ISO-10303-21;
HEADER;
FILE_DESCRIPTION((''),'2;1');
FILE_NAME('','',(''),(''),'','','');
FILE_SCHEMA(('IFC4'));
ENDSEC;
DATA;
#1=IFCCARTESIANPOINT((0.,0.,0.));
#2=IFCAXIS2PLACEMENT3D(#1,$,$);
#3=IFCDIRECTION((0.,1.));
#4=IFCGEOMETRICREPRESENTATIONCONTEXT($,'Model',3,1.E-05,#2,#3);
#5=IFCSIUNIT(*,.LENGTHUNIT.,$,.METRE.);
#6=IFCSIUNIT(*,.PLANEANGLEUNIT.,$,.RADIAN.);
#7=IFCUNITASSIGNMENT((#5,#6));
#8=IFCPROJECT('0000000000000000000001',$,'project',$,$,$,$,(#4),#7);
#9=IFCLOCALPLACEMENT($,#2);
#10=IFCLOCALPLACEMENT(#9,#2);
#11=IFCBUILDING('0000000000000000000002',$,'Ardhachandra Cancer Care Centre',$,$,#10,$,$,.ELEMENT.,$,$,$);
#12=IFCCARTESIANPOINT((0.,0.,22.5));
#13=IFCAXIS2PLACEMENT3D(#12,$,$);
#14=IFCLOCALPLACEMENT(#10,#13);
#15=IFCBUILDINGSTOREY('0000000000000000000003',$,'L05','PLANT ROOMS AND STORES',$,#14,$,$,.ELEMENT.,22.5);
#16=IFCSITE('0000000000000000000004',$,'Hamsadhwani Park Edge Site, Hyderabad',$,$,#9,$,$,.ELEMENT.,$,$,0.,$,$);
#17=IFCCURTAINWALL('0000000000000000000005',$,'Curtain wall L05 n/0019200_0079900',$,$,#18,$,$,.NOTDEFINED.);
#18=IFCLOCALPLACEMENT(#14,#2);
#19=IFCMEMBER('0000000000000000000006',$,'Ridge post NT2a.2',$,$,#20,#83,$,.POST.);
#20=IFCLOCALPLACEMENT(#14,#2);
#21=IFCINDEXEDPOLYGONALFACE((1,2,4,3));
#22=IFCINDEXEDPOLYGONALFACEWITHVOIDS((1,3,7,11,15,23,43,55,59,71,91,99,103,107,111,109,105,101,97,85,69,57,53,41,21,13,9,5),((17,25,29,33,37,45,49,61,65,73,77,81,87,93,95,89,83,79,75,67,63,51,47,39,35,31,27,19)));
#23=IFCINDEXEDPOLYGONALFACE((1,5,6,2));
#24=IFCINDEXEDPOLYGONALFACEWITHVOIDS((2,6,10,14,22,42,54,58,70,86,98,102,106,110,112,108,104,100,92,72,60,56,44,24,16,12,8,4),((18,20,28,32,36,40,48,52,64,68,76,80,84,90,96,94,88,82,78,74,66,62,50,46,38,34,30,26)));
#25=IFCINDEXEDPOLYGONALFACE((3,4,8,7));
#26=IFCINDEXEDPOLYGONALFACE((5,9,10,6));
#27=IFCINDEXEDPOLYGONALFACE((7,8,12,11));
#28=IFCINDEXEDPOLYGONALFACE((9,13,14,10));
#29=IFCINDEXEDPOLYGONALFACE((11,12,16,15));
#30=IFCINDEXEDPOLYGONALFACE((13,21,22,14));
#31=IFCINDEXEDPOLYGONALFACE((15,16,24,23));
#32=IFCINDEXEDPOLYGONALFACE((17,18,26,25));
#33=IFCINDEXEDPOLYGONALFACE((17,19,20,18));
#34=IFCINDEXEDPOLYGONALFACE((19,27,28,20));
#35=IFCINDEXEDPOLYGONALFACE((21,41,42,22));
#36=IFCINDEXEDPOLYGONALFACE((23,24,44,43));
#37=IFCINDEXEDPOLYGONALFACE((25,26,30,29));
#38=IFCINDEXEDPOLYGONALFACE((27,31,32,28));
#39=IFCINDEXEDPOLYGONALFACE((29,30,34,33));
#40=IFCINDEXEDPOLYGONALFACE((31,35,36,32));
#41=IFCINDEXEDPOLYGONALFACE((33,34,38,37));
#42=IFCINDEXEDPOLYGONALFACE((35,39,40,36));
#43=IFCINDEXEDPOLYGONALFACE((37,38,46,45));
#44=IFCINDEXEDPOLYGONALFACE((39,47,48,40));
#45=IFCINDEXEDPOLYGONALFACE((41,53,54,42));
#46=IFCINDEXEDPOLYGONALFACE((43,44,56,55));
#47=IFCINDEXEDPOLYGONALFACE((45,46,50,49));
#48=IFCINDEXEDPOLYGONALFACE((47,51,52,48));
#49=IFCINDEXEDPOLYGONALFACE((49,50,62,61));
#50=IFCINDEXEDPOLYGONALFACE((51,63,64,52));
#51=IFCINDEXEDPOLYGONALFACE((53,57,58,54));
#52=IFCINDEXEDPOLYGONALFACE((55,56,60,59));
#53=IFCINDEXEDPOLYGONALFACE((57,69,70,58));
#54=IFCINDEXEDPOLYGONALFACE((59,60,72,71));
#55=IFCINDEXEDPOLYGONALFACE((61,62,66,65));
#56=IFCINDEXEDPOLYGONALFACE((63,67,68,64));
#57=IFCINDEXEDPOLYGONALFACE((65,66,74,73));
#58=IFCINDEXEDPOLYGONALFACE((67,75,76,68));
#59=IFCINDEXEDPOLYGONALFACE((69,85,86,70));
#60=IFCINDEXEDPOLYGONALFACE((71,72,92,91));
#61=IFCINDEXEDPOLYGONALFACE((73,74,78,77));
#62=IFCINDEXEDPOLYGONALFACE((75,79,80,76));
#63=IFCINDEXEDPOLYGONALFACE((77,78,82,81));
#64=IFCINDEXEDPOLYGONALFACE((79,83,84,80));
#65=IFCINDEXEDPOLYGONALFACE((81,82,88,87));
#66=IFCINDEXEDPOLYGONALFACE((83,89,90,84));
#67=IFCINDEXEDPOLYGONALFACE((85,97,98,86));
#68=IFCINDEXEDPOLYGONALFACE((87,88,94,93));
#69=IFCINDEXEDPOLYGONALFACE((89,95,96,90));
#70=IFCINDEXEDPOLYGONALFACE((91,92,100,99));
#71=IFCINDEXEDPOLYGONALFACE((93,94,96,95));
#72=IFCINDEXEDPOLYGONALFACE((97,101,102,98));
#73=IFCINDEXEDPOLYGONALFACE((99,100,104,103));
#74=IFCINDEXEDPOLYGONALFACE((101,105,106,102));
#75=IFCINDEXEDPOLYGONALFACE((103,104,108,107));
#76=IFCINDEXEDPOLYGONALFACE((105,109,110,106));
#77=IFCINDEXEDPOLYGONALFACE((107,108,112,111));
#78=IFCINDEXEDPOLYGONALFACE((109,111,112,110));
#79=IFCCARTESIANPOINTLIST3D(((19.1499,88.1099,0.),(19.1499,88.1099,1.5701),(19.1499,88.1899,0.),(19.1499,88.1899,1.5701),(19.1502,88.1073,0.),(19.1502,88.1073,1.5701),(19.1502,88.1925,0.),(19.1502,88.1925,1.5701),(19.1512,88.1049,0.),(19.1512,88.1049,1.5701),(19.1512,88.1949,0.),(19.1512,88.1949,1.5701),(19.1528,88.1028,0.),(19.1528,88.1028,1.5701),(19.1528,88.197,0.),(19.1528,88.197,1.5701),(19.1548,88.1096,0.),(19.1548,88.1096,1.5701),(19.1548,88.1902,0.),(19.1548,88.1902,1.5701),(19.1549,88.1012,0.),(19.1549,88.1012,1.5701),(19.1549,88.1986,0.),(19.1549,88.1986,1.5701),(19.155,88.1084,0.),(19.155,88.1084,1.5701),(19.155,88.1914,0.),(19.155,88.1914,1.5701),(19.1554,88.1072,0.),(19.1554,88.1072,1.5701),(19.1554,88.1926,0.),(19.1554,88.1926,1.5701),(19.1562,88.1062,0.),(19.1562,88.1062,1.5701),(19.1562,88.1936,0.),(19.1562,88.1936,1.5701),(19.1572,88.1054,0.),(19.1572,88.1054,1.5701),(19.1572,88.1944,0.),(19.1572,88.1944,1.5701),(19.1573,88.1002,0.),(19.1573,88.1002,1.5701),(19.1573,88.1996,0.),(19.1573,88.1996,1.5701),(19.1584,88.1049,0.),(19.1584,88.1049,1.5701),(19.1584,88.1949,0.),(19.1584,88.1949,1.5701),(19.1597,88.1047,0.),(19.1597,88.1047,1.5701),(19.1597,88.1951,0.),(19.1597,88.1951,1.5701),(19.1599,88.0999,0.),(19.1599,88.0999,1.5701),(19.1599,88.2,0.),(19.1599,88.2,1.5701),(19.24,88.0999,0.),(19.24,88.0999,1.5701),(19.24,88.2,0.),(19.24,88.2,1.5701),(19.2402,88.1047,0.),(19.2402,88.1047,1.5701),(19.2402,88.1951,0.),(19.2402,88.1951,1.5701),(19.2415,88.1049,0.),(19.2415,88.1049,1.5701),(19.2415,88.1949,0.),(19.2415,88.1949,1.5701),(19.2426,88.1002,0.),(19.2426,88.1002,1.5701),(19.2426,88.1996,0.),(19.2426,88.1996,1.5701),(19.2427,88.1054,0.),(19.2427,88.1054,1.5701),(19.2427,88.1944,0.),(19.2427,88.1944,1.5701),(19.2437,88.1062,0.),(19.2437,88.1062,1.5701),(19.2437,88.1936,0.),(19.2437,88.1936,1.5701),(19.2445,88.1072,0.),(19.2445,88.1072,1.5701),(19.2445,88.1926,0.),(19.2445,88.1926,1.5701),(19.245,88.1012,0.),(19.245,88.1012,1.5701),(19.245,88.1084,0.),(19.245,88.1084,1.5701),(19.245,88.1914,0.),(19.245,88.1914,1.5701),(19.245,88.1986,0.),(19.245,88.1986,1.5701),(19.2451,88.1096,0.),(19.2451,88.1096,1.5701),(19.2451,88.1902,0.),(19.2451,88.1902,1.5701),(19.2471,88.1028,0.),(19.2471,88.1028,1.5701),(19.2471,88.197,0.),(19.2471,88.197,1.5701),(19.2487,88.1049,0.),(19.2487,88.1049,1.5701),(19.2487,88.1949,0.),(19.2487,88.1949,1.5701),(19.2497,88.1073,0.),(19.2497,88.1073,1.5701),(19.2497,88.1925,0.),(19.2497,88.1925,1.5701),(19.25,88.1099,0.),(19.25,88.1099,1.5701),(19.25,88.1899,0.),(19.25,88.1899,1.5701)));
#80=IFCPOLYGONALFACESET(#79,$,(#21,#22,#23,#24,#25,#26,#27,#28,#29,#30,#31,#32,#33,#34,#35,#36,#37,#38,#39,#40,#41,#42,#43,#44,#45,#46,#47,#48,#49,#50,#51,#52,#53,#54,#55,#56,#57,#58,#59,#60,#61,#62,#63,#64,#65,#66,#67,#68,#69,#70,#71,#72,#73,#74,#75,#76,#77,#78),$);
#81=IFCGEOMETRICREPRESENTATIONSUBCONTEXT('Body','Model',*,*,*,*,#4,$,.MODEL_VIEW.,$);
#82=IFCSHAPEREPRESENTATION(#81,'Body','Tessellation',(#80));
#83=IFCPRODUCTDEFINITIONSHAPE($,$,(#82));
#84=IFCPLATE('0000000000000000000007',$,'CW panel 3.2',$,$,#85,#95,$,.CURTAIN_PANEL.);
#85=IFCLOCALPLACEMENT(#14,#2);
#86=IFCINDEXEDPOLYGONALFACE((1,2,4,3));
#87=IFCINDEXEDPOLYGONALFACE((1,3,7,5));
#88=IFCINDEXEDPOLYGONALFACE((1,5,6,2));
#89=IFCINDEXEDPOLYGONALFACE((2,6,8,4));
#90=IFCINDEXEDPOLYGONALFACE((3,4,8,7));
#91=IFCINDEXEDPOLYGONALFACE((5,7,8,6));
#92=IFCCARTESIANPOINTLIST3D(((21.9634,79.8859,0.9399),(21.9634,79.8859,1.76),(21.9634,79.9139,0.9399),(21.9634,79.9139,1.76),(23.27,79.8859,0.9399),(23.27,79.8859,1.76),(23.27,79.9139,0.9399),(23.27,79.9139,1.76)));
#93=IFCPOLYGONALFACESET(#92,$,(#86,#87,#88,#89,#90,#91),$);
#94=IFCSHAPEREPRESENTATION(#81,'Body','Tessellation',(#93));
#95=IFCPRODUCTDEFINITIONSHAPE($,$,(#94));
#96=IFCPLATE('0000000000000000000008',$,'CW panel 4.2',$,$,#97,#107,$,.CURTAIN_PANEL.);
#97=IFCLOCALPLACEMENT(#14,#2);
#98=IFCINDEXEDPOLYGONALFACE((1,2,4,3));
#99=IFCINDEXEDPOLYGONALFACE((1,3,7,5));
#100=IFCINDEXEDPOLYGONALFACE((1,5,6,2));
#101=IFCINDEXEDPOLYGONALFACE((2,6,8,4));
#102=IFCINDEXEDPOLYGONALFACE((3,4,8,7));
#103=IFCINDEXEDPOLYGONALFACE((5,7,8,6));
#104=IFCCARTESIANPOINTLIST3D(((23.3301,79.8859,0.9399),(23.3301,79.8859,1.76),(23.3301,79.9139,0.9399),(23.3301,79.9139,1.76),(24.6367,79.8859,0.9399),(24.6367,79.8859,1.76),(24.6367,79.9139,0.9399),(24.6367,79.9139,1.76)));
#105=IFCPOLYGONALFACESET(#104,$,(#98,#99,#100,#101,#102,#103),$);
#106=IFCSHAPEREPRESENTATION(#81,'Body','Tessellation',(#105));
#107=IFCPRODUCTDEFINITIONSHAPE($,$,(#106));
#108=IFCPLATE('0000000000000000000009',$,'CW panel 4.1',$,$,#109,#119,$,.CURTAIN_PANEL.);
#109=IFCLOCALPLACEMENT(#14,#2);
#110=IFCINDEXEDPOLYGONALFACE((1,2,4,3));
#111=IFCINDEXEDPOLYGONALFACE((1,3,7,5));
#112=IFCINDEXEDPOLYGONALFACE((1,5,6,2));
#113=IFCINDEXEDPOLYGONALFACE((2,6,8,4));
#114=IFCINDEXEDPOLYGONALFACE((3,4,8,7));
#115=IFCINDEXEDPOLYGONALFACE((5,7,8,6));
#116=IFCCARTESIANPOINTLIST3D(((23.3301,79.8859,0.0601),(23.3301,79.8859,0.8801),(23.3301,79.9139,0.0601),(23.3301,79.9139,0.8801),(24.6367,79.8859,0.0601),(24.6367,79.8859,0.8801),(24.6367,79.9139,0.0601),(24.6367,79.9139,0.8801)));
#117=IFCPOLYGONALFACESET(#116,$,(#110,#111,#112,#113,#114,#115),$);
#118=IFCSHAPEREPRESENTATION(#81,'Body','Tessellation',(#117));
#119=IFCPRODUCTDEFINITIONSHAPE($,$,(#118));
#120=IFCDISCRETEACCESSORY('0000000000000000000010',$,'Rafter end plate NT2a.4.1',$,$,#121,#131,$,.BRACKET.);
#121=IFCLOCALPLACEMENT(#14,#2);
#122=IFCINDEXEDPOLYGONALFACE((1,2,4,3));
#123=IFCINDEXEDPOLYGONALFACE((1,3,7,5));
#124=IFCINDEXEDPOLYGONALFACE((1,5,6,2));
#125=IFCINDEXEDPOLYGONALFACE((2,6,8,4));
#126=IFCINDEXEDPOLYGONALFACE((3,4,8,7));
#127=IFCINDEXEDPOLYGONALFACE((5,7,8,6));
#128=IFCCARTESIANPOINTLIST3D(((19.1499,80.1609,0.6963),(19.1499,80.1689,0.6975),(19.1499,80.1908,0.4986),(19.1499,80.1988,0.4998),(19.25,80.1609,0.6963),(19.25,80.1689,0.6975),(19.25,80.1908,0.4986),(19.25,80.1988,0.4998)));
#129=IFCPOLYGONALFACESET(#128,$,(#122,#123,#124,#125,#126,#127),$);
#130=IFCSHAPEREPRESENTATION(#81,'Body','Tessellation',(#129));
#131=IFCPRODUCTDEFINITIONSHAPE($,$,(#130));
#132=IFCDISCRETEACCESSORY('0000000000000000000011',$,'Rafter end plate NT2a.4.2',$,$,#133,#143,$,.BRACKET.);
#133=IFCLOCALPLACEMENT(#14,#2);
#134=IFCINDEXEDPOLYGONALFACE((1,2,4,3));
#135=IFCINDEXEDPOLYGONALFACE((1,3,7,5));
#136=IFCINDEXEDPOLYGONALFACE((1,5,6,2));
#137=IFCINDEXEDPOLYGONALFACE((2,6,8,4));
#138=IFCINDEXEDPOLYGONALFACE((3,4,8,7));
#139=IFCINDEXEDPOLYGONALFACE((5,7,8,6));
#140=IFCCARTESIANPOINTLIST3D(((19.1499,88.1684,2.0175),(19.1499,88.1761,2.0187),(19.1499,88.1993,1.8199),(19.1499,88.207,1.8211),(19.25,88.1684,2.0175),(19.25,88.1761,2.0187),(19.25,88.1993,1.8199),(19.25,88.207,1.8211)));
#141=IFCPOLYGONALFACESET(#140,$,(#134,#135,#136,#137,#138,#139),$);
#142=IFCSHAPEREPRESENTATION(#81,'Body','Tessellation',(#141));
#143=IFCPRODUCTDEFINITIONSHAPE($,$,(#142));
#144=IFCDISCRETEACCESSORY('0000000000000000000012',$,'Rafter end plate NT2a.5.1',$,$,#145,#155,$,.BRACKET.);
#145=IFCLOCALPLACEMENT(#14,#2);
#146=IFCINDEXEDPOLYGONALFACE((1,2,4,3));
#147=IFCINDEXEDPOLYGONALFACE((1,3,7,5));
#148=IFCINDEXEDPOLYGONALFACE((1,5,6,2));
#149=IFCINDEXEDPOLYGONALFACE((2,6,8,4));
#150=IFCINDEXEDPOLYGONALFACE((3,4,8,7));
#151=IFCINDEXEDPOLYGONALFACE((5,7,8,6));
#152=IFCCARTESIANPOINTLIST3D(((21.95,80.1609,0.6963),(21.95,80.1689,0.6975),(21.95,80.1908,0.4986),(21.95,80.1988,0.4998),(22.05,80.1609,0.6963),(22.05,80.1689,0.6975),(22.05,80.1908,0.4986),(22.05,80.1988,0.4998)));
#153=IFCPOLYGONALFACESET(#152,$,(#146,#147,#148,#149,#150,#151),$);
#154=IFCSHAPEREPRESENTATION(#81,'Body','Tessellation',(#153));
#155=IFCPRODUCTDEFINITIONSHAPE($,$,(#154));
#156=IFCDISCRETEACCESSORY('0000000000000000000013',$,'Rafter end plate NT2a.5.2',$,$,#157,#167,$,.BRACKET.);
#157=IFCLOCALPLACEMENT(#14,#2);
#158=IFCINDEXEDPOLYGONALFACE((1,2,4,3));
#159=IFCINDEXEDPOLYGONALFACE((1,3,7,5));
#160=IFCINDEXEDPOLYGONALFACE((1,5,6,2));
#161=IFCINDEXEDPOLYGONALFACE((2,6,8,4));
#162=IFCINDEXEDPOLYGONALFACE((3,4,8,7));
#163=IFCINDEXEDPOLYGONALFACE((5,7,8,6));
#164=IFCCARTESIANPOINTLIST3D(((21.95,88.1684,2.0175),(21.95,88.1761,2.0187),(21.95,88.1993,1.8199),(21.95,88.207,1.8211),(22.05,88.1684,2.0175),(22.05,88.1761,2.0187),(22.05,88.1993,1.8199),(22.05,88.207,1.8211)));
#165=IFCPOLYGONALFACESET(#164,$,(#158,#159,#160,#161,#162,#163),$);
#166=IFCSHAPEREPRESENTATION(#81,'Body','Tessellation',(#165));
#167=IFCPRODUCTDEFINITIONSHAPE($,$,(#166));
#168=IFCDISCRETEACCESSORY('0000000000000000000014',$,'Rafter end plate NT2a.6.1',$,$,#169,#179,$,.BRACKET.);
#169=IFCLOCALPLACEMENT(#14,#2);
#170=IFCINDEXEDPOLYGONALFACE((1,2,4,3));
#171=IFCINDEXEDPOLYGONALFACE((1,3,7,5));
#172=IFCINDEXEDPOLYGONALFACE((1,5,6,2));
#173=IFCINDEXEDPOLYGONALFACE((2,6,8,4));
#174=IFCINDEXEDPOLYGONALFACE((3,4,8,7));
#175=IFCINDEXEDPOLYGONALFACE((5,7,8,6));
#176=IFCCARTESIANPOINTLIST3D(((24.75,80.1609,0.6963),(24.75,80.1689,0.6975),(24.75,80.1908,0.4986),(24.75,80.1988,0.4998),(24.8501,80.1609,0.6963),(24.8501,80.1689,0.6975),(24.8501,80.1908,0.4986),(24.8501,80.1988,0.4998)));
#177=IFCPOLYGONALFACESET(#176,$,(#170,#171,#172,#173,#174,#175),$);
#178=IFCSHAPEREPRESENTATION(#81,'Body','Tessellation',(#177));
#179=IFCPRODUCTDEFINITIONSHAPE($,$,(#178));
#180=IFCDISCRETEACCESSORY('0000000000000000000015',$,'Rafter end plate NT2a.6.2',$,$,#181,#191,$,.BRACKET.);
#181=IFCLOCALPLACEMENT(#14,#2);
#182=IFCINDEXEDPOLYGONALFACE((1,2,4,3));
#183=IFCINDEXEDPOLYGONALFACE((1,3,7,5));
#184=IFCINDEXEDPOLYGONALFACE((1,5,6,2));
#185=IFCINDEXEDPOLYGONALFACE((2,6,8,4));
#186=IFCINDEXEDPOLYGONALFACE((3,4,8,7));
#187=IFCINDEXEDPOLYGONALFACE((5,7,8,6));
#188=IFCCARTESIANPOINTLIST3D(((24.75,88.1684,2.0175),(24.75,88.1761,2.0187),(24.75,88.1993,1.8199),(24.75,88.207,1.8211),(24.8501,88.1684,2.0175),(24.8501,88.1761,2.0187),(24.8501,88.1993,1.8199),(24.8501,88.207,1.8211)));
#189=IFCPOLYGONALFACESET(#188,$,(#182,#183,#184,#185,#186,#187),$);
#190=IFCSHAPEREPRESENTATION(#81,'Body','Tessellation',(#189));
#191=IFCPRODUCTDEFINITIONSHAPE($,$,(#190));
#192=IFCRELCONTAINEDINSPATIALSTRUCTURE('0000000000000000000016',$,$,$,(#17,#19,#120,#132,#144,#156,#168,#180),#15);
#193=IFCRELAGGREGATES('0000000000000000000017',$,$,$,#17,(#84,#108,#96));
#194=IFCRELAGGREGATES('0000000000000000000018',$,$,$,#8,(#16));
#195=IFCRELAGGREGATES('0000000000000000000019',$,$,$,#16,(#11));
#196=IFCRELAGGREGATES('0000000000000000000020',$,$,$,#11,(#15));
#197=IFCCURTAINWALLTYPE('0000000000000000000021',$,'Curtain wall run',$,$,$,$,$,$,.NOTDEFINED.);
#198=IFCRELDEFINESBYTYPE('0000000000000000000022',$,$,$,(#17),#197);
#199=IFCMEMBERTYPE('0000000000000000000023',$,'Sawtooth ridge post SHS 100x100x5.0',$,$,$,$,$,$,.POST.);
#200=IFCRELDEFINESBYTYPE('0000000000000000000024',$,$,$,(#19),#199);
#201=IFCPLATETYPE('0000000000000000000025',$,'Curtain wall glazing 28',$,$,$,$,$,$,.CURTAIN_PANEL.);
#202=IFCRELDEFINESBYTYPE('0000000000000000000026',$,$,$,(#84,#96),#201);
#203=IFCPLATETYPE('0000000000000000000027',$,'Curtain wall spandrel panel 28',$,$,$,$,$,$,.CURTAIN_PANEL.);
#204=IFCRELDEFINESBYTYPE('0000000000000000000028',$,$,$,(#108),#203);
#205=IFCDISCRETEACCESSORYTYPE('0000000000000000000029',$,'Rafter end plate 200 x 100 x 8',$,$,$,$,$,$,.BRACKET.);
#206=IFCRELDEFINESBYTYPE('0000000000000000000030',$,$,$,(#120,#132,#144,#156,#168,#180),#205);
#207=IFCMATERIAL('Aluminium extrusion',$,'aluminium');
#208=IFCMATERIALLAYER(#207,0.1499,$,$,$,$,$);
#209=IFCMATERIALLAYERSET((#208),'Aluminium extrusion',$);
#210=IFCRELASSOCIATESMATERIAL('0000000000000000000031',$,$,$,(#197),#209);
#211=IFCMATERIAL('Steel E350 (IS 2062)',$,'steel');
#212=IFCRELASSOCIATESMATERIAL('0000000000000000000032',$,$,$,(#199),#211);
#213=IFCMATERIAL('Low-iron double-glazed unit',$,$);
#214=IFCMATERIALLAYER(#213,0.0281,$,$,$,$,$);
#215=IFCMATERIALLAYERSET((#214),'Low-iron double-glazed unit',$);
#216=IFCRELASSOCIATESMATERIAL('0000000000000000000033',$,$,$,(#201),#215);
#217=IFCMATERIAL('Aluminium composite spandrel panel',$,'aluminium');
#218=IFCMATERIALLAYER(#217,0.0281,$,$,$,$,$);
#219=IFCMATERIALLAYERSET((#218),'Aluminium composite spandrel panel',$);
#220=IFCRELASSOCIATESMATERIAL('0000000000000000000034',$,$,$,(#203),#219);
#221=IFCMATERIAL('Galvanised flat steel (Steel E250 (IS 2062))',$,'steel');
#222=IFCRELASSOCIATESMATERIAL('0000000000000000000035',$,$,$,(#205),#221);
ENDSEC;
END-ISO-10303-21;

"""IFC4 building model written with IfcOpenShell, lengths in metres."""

from ifc_helpers import new_model, si_unit, direction, frame, origin, origin_2d, place, context, subcontext, project, spatial, rectangle, hollow_rectangle, extrude, material, layer, layer_set, material_profile, profile_set, type_object, element, aggregate, save


model = new_model("IFC4")

# Units and contexts
model_context = context("Model", 3, precision=1e-05, world=origin(), true_north=direction((0.0, 1.0)))
body_context = subcontext(model_context, "Body", "Model", "MODEL_VIEW")
ifc_project = project(units=[si_unit("LENGTHUNIT", "METRE"), si_unit("PLANEANGLEUNIT", "RADIAN")], contexts=[model_context])

# Site, building, storey
site_placement = place(None, origin())
site = spatial("IfcSite", under=ifc_project, at=site_placement, Name="Hamsadhwani Park Edge Site, Hyderabad", CompositionType="ELEMENT", RefElevation=0.0)
building_placement = place(site_placement, origin())
building = spatial("IfcBuilding", under=site, at=building_placement, Name="Ardhachandra Cancer Care Centre", CompositionType="ELEMENT")
storey_placement = place(building_placement, frame((0.0, 0.0, 22.5)))
storey = spatial("IfcBuildingStorey", under=building, at=storey_placement, Name="L05", Description="PLANT ROOMS AND STORES", CompositionType="ELEMENT", Elevation=22.5)

# Curtain wall
ifc_material_1 = material(Name="Aluminium extrusion", Category="aluminium")
ifc_layer_1 = layer(ifc_material_1, 0.1499)
ifc_layer_set_1 = layer_set([ifc_layer_1], Name="Aluminium extrusion")
curtain_wall_type = type_object("IfcCurtainWallType", Name="Curtain wall run", PredefinedType="NOTDEFINED", material=ifc_layer_set_1)
curtain_wall_placement = place(storey_placement, origin())
curtain_wall = element("IfcCurtainWall", 1, at=curtain_wall_placement, inside=storey, type_object=curtain_wall_type, Name="Curtain wall L05 n/0019200_0079900", PredefinedType="NOTDEFINED")

# Member
ifc_material_2 = material(Name="Steel E350 (IS 2062)", Category="steel")
ifc_material_profile_1 = material_profile(ifc_material_2, hollow_rectangle(XDim=0.1001, YDim=0.1001, WallThickness=0.0049, InnerFilletRadius=0.0049, OuterFilletRadius=0.01, at=origin_2d()), Name="SHS 100x100x5.0")
ifc_profile_set_1 = profile_set([ifc_material_profile_1], Name="Steel E350 (IS 2062)")
member_type_1 = type_object("IfcMemberType", Name="Sawtooth ridge post SHS 100x100x5.0", PredefinedType="POST", material=ifc_profile_set_1)
member_1_placement = place(storey_placement, frame((19.2, 88.1499, 0.0), z_axis=(0.0, 0.0, 1.0), x_axis=(1.0, 0.0, 0.0)))
element("IfcMember", 2, at=member_1_placement, inside=storey, type_object=member_type_1, Name="Ridge post NT2a.2", PredefinedType="POST", context=body_context, shape_type="SweptSolid", body=[
    extrude(hollow_rectangle(XDim=0.1001, YDim=0.1001, WallThickness=0.0049, InnerFilletRadius=0.0049, OuterFilletRadius=0.01, at=origin_2d()), origin(), (0.0, 0.0, 1.0), 1.5701),
])

# Plates
ifc_material_3 = material(Name="Low-iron double-glazed unit")
ifc_layer_2 = layer(ifc_material_3, 0.0281)
ifc_layer_set_2 = layer_set([ifc_layer_2], Name="Low-iron double-glazed unit")
plate_type_1 = type_object("IfcPlateType", Name="Curtain wall glazing 28", PredefinedType="CURTAIN_PANEL", material=ifc_layer_set_2)
plate_1_placement = place(storey_placement, frame((22.6167, 79.8999, 0.9399), z_axis=(0.0, 0.0, 1.0), x_axis=(1.0, 0.0, 0.0)))
plate_1 = element("IfcPlate", 3, at=plate_1_placement, type_object=plate_type_1, Name="CW panel 3.2", PredefinedType="CURTAIN_PANEL", context=body_context, shape_type="SweptSolid", body=[
    extrude(rectangle(XDim=1.3066, YDim=0.0281, at=origin_2d()), origin(), (0.0, 0.0, 1.0), 0.8201),
])
plate_2_placement = place(storey_placement, frame((23.9834, 79.8999, 0.9399), z_axis=(0.0, 0.0, 1.0), x_axis=(1.0, 0.0, 0.0)))
plate_2 = element("IfcPlate", 4, at=plate_2_placement, type_object=plate_type_1, Name="CW panel 4.2", PredefinedType="CURTAIN_PANEL", context=body_context, shape_type="SweptSolid", body=[
    extrude(rectangle(XDim=1.3066, YDim=0.0281, at=origin_2d()), origin(), (0.0, 0.0, 1.0), 0.8201),
])
ifc_material_4 = material(Name="Aluminium composite spandrel panel", Category="aluminium")
ifc_layer_3 = layer(ifc_material_4, 0.0281)
ifc_layer_set_3 = layer_set([ifc_layer_3], Name="Aluminium composite spandrel panel")
plate_type_2 = type_object("IfcPlateType", Name="Curtain wall spandrel panel 28", PredefinedType="CURTAIN_PANEL", material=ifc_layer_set_3)
plate_3_placement = place(storey_placement, frame((23.9834, 79.8999, 0.0601), z_axis=(0.0, 0.0, 1.0), x_axis=(1.0, 0.0, 0.0)))
plate_3 = element("IfcPlate", 5, at=plate_3_placement, type_object=plate_type_2, Name="CW panel 4.1", PredefinedType="CURTAIN_PANEL", context=body_context, shape_type="SweptSolid", body=[
    extrude(rectangle(XDim=1.3066, YDim=0.0281, at=origin_2d()), origin(), (0.0, 0.0, 1.0), 0.8201),
])
aggregate(curtain_wall, [plate_1, plate_3, plate_2])

# Discrete accessories
ifc_material_5 = material(Name="Galvanised flat steel (Steel E250 (IS 2062))", Category="steel")
ifc_material_profile_2 = material_profile(ifc_material_5, rectangle(XDim=0.1001, YDim=0.2, at=origin_2d()), Name="Rafter end plate 200 x 100 x 8")
ifc_profile_set_2 = profile_set([ifc_material_profile_2], Name="Galvanised flat steel (Steel E250 (IS 2062))")
discrete_accessory_type_1 = type_object("IfcDiscreteAccessoryType", Name="Rafter end plate 200 x 100 x 8", PredefinedType="BRACKET", material=ifc_profile_set_2)
discrete_accessory_1_placement = place(storey_placement, frame((19.2, 80.1838, 0.5986), z_axis=(0.0, -0.988716, -0.149805), x_axis=(1.0, 0.0, 0.0)))
element("IfcDiscreteAccessory", 6, at=discrete_accessory_1_placement, inside=storey, type_object=discrete_accessory_type_1, Name="Rafter end plate NT2a.4.1", PredefinedType="BRACKET", context=body_context, shape_type="SweptSolid", body=[
    extrude(rectangle(XDim=0.1001, YDim=0.2, at=origin_2d()), origin(), (0.0, 0.0, 1.0), 0.0081),
])
discrete_accessory_2_placement = place(storey_placement, frame((19.2, 88.1838, 1.9187), z_axis=(0.0, 0.988012, 0.154377), x_axis=(-1.0, 0.0, 0.0)))
element("IfcDiscreteAccessory", 7, at=discrete_accessory_2_placement, inside=storey, type_object=discrete_accessory_type_1, Name="Rafter end plate NT2a.4.2", PredefinedType="BRACKET", context=body_context, shape_type="SweptSolid", body=[
    extrude(rectangle(XDim=0.1001, YDim=0.2, at=origin_2d()), origin(), (0.0, 0.0, 1.0), 0.0078),
])
discrete_accessory_3_placement = place(storey_placement, frame((22.0, 80.1838, 0.5986), z_axis=(0.0, -0.988716, -0.149805), x_axis=(1.0, 0.0, 0.0)))
element("IfcDiscreteAccessory", 8, at=discrete_accessory_3_placement, inside=storey, type_object=discrete_accessory_type_1, Name="Rafter end plate NT2a.5.1", PredefinedType="BRACKET", context=body_context, shape_type="SweptSolid", body=[
    extrude(rectangle(XDim=0.1001, YDim=0.2, at=origin_2d()), origin(), (0.0, 0.0, 1.0), 0.0081),
])
discrete_accessory_4_placement = place(storey_placement, frame((22.0, 88.1838, 1.9187), z_axis=(0.0, 0.988012, 0.154377), x_axis=(-1.0, 0.0, 0.0)))
element("IfcDiscreteAccessory", 9, at=discrete_accessory_4_placement, inside=storey, type_object=discrete_accessory_type_1, Name="Rafter end plate NT2a.5.2", PredefinedType="BRACKET", context=body_context, shape_type="SweptSolid", body=[
    extrude(rectangle(XDim=0.1001, YDim=0.2, at=origin_2d()), origin(), (0.0, 0.0, 1.0), 0.0078),
])
discrete_accessory_5_placement = place(storey_placement, frame((24.8, 80.1838, 0.5986), z_axis=(0.0, -0.988716, -0.149805), x_axis=(1.0, 0.0, 0.0)))
element("IfcDiscreteAccessory", 10, at=discrete_accessory_5_placement, inside=storey, type_object=discrete_accessory_type_1, Name="Rafter end plate NT2a.6.1", PredefinedType="BRACKET", context=body_context, shape_type="SweptSolid", body=[
    extrude(rectangle(XDim=0.1001, YDim=0.2, at=origin_2d()), origin(), (0.0, 0.0, 1.0), 0.0081),
])
discrete_accessory_6_placement = place(storey_placement, frame((24.8, 88.1838, 1.9187), z_axis=(0.0, 0.988012, 0.154377), x_axis=(-1.0, 0.0, 0.0)))
element("IfcDiscreteAccessory", 11, at=discrete_accessory_6_placement, inside=storey, type_object=discrete_accessory_type_1, Name="Rafter end plate NT2a.6.2", PredefinedType="BRACKET", context=body_context, shape_type="SweptSolid", body=[
    extrude(rectangle(XDim=0.1001, YDim=0.2, at=origin_2d()), origin(), (0.0, 0.0, 1.0), 0.0078),
])

save(model, "model.ifc")
